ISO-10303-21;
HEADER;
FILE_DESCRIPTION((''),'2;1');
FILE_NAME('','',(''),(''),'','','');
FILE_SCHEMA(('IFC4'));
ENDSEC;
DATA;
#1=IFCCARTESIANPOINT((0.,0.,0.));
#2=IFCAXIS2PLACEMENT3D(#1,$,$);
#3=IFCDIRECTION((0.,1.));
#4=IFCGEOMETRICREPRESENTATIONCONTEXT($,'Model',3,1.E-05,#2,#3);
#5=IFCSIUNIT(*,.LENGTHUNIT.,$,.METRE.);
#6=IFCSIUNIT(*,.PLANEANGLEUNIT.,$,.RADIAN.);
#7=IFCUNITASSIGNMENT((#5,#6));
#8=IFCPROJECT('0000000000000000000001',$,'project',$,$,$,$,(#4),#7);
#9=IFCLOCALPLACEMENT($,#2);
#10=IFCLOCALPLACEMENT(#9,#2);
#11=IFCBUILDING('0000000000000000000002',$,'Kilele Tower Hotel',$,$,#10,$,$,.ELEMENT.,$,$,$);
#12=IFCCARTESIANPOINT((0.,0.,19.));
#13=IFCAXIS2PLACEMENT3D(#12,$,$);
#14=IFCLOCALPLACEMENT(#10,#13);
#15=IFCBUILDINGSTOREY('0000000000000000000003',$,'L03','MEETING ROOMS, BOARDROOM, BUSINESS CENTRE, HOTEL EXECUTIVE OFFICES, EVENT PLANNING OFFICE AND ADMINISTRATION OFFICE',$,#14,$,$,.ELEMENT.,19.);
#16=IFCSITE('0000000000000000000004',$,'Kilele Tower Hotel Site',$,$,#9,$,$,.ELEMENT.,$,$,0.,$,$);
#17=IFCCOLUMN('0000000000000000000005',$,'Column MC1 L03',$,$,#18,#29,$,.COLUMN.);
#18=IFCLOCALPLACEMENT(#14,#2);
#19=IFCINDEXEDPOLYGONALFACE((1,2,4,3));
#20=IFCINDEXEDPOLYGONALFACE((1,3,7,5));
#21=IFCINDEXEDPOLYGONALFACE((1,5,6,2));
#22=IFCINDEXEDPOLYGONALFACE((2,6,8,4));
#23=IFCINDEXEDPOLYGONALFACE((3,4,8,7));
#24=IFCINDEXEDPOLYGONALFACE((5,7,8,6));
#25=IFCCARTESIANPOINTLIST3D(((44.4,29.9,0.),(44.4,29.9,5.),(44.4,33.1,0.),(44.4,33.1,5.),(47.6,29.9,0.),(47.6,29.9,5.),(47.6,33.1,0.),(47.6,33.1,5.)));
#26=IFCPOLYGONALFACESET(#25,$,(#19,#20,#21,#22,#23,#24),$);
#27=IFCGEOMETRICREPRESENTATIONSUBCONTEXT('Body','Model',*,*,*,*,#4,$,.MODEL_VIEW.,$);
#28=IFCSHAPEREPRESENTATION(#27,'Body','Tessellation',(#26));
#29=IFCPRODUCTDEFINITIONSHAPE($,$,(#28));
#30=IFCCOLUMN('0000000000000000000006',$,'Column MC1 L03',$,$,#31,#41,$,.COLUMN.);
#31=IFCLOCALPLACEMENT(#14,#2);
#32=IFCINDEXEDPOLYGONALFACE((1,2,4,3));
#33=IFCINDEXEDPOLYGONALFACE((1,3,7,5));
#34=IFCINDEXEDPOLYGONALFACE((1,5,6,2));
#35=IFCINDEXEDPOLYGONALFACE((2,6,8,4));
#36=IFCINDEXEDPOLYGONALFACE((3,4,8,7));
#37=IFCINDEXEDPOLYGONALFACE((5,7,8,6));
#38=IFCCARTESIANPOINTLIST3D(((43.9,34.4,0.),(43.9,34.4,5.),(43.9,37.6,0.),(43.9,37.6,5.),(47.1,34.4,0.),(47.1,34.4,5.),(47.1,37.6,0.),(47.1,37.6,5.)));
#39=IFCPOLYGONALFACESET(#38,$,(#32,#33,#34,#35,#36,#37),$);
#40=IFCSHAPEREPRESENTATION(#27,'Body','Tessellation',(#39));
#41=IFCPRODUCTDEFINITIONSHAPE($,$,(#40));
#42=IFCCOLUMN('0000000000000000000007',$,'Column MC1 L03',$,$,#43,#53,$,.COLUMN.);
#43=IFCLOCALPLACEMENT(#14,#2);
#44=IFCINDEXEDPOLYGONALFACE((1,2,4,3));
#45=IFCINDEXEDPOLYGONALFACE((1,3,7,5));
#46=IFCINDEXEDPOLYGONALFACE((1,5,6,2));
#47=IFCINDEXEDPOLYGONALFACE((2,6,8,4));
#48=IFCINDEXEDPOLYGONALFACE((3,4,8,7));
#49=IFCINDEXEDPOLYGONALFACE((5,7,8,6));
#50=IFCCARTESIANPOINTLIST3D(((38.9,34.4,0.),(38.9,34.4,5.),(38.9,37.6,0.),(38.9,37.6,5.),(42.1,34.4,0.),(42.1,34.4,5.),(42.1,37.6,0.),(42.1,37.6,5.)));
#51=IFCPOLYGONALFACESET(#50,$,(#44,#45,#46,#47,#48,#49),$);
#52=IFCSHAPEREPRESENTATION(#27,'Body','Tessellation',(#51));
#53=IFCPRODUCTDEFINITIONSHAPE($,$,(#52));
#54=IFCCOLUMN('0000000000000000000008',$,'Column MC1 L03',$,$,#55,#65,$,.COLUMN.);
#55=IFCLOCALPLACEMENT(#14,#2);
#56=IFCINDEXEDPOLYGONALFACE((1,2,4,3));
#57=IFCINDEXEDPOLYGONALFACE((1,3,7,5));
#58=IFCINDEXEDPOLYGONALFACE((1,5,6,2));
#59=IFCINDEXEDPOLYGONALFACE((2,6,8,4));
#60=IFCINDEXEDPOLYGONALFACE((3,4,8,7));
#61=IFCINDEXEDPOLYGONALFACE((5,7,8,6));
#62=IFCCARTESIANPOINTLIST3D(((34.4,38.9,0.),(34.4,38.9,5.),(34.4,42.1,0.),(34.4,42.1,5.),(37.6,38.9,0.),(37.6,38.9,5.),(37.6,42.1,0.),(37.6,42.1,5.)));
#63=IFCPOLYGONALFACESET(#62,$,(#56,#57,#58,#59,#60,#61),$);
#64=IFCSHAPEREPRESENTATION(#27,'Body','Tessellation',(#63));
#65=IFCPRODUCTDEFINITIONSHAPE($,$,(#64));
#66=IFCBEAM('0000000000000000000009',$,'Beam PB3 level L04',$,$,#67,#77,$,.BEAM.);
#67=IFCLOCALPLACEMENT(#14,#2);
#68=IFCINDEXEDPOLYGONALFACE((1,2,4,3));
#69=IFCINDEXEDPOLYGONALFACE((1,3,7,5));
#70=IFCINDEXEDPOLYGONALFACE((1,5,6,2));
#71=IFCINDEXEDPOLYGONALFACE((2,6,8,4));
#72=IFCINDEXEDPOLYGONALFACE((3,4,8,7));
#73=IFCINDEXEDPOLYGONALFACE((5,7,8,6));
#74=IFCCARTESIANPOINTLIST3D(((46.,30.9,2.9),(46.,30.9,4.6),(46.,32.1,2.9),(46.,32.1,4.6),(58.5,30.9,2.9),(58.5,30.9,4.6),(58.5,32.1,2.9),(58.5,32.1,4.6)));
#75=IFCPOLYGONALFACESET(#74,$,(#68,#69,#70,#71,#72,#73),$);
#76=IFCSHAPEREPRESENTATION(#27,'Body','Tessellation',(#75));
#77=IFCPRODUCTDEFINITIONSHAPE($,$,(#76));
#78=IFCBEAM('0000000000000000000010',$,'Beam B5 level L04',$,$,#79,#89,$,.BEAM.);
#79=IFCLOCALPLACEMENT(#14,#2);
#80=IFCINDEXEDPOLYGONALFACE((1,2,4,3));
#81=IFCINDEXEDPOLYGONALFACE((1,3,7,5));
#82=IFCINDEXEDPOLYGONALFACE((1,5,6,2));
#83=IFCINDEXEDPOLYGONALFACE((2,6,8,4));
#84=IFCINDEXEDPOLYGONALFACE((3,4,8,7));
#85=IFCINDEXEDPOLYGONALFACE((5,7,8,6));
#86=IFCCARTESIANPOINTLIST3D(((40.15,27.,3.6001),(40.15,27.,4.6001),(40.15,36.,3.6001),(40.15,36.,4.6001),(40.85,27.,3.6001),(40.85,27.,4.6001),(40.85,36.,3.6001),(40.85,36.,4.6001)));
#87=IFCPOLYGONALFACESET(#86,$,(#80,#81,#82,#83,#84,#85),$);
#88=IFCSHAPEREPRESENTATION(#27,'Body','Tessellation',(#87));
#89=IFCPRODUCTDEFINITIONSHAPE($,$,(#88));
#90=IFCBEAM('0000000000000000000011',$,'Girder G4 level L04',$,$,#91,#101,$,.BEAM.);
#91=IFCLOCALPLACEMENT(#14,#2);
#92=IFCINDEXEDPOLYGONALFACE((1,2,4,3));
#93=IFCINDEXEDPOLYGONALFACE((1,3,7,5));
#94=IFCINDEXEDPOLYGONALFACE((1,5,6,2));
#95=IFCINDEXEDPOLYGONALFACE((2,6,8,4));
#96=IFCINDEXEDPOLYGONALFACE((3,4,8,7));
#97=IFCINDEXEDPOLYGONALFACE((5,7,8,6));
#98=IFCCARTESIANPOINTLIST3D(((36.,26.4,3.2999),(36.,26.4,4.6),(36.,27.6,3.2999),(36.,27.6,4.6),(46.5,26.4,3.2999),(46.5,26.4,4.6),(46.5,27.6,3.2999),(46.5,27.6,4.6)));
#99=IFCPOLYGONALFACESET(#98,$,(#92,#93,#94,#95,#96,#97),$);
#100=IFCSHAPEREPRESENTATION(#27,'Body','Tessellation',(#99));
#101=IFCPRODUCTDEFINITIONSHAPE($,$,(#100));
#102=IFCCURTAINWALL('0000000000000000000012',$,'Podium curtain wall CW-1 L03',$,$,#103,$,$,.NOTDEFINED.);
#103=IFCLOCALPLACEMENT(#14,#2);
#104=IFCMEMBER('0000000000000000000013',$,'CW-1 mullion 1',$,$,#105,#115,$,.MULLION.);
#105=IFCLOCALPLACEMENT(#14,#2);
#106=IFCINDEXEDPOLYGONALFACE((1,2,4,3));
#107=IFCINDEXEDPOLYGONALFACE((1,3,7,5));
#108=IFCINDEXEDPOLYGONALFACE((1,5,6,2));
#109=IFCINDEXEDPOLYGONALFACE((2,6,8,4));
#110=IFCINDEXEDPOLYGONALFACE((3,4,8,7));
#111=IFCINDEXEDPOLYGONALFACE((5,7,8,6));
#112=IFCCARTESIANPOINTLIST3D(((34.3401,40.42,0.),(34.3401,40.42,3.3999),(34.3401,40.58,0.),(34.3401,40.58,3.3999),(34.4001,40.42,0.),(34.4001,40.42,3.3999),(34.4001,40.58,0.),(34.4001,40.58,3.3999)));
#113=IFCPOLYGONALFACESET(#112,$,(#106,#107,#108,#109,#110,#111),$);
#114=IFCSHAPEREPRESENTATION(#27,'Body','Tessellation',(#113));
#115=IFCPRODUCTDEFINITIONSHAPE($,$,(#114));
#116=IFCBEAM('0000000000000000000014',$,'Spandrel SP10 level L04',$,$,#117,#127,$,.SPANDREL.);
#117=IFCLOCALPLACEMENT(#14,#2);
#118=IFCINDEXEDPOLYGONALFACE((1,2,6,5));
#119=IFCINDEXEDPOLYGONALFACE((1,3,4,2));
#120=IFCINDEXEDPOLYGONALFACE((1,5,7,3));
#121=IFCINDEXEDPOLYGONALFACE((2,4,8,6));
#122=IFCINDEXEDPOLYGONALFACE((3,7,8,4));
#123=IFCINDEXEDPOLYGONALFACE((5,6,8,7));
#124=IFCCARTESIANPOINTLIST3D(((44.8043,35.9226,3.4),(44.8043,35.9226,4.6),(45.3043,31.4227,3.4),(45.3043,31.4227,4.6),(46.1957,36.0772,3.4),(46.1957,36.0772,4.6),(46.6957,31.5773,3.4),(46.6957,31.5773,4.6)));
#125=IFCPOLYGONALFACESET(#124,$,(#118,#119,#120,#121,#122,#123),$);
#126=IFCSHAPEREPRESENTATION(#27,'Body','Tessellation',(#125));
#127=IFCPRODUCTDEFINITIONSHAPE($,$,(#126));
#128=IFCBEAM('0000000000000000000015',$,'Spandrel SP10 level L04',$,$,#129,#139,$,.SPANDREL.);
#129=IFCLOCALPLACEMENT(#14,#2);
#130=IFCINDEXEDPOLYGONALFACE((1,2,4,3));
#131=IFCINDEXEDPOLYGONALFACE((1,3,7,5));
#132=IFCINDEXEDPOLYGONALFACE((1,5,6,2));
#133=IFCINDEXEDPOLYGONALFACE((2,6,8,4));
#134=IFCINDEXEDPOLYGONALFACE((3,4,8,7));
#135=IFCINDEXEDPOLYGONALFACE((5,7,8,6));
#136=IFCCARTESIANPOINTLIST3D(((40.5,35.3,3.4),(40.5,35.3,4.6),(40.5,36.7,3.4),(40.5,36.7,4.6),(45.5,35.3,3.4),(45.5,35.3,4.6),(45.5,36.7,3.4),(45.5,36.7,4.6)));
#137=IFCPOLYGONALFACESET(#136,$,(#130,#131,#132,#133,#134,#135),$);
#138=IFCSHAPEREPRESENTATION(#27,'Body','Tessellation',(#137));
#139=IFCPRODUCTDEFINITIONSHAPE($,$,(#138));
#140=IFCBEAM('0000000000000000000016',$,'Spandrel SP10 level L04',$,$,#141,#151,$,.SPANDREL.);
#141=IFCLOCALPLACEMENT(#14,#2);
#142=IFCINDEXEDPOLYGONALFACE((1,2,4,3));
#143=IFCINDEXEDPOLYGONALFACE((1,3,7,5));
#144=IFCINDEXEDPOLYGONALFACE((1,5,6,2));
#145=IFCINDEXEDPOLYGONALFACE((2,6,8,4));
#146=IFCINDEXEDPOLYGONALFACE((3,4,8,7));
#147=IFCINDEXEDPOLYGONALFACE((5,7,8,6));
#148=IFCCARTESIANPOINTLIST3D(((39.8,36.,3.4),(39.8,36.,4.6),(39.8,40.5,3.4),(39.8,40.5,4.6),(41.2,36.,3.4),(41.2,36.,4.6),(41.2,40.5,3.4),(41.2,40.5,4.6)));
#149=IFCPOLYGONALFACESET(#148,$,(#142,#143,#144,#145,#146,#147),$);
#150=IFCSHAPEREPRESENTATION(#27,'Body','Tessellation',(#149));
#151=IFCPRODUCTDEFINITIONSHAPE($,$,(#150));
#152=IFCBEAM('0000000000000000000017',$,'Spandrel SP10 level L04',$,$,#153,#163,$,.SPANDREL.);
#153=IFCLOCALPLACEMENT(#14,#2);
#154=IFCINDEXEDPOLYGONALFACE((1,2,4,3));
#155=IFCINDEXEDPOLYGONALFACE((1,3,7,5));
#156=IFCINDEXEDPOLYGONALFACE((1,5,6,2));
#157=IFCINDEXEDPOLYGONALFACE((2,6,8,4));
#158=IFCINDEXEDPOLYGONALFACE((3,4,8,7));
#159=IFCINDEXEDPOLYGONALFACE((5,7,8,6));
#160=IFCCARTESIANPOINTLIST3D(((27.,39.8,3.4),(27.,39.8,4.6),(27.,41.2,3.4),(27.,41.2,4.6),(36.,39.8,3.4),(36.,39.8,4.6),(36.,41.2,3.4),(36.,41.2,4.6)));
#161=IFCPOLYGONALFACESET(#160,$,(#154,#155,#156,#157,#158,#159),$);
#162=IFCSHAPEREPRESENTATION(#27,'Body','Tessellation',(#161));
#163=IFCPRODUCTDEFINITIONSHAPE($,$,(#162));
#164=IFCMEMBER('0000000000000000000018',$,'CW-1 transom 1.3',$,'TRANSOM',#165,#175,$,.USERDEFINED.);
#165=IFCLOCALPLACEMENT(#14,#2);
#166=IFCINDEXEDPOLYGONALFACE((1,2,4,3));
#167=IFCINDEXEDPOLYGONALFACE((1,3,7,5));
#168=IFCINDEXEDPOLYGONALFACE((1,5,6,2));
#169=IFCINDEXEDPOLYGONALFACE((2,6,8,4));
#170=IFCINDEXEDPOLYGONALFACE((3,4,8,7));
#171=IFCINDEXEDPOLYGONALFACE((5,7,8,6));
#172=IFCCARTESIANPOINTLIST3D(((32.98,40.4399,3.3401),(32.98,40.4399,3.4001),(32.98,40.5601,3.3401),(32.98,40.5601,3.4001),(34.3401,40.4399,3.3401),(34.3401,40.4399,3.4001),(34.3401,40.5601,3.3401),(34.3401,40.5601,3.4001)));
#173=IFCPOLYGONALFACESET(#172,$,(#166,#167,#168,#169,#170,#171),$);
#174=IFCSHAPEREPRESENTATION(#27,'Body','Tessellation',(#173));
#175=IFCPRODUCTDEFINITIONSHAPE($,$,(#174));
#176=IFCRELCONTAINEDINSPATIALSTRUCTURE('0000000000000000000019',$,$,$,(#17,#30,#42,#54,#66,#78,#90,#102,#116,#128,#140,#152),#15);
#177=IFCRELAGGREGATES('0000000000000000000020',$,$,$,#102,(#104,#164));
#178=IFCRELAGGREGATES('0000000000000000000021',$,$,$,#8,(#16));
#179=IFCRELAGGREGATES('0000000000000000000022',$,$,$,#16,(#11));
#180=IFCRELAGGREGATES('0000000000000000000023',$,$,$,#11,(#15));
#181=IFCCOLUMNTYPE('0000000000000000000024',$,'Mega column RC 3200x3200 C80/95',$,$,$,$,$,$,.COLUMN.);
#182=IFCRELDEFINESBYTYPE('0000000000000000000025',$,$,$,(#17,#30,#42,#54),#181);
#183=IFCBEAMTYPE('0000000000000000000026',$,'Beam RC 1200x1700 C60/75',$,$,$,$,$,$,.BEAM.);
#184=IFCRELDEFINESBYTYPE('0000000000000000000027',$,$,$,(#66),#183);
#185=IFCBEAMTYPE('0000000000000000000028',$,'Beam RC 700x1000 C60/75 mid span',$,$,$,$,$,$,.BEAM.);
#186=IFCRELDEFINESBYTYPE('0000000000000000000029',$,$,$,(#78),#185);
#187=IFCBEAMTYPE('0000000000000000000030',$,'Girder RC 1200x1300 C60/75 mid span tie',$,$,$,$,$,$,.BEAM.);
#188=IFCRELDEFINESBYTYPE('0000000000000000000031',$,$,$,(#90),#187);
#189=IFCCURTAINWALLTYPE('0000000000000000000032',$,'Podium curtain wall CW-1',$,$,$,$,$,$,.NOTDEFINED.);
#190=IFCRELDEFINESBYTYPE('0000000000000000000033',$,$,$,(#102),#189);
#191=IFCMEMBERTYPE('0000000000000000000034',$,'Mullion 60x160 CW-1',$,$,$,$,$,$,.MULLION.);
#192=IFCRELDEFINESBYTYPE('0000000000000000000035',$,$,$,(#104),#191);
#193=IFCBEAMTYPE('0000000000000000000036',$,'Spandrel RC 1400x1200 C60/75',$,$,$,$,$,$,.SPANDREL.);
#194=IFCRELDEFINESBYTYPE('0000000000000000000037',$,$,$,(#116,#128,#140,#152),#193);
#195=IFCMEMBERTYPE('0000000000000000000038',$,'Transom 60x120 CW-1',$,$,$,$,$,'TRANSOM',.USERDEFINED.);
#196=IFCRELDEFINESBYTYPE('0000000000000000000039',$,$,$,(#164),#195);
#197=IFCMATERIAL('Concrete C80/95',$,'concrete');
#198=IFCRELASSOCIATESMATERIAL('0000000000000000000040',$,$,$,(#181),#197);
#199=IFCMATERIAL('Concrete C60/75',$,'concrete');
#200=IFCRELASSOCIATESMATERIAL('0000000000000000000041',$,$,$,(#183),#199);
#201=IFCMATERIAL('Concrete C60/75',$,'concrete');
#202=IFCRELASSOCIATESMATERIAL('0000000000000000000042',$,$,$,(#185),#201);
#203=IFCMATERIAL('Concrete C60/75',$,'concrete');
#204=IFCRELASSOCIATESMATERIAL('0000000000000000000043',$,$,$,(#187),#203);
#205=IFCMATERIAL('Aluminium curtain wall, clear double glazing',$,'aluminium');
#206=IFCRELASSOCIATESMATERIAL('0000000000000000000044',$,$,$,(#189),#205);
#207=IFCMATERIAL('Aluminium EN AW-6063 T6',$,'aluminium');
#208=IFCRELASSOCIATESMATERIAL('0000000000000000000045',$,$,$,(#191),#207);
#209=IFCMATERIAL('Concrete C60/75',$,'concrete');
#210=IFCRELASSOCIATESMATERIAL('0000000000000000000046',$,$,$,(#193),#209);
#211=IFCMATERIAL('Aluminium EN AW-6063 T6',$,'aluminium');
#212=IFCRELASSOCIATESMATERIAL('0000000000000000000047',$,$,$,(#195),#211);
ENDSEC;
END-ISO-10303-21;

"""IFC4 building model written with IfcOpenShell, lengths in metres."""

from ifc_helpers import new_model, si_unit, direction, frame, origin, origin_2d, place, context, subcontext, project, spatial, rectangle, extrude, material, material_profile, profile_set, type_object, element, aggregate, save


model = new_model("IFC4")

# Units and contexts
model_context = context("Model", 3, precision=1e-05, world=origin(), true_north=direction((0.0, 1.0)))
body_context = subcontext(model_context, "Body", "Model", "MODEL_VIEW")
ifc_project = project(units=[si_unit("LENGTHUNIT", "METRE"), si_unit("PLANEANGLEUNIT", "RADIAN")], contexts=[model_context])

# Site, building, storey
site_placement = place(None, origin())
site = spatial("IfcSite", under=ifc_project, at=site_placement, Name="Kilele Tower Hotel Site", CompositionType="ELEMENT", RefElevation=0.0)
building_placement = place(site_placement, origin())
building = spatial("IfcBuilding", under=site, at=building_placement, Name="Kilele Tower Hotel", CompositionType="ELEMENT")
storey_placement = place(building_placement, frame((0.0, 0.0, 19.0)))
storey = spatial("IfcBuildingStorey", under=building, at=storey_placement, Name="L03", Description="MEETING ROOMS, BOARDROOM, BUSINESS CENTRE, HOTEL EXECUTIVE OFFICES, EVENT PLANNING OFFICE AND ADMINISTRATION OFFICE", CompositionType="ELEMENT", Elevation=19.0)

# Columns
ifc_material_1 = material(Name="Concrete C80/95", Category="concrete")
ifc_material_profile_1 = material_profile(ifc_material_1, rectangle(XDim=3.2, YDim=3.2, at=origin_2d()))
ifc_profile_set_1 = profile_set([ifc_material_profile_1], Name="Concrete C80/95")
column_type = type_object("IfcColumnType", Name="Mega column RC 3200x3200 C80/95", PredefinedType="COLUMN", material=ifc_profile_set_1)
for number, where, z_axis, x_axis, name in (
    (1, (46.0, 31.5, 0.0), (0.0, 0.0, 1.0), (1.0, 0.0, 0.0), "Column MC1 L03"),
    (2, (45.5, 36.0, 0.0), (0.0, 0.0, 1.0), (1.0, 0.0, 0.0), "Column MC1 L03"),
    (3, (40.5, 36.0, 0.0), (0.0, 0.0, 1.0), (1.0, 0.0, 0.0), "Column MC1 L03"),
    (4, (36.0, 40.5, 0.0), (0.0, 0.0, 1.0), (1.0, 0.0, 0.0), "Column MC1 L03"),
):
    element("IfcColumn", number, at=place(storey_placement, frame(where, z_axis=z_axis, x_axis=x_axis)), inside=storey, type_object=column_type, Name=name, PredefinedType="COLUMN", context=body_context, shape_type="SweptSolid", body=[
        extrude(rectangle(XDim=3.2, YDim=3.2, at=origin_2d()), origin(), (0.0, 0.0, 1.0), 5.0),
    ])

# Beams
ifc_material_2 = material(Name="Concrete C60/75", Category="concrete")
ifc_material_profile_2 = material_profile(ifc_material_2, rectangle(XDim=1.2, YDim=1.7, at=origin_2d()))
ifc_profile_set_2 = profile_set([ifc_material_profile_2], Name="Concrete C60/75")
beam_type_1 = type_object("IfcBeamType", Name="Beam RC 1200x1700 C60/75", PredefinedType="BEAM", material=ifc_profile_set_2)
beam_1_placement = place(storey_placement, frame((46.0, 31.5, 3.75), z_axis=(1.0, 0.0, 0.0), x_axis=(0.0, 1.0, 0.0)))
element("IfcBeam", 5, at=beam_1_placement, inside=storey, type_object=beam_type_1, Name="Beam PB3 level L04", PredefinedType="BEAM", context=body_context, shape_type="SweptSolid", body=[
    extrude(rectangle(XDim=1.2, YDim=1.7, at=origin_2d()), origin(), (0.0, 0.0, 1.0), 12.5),
])
ifc_material_3 = material(Name="Concrete C60/75", Category="concrete")
ifc_material_profile_3 = material_profile(ifc_material_3, rectangle(XDim=0.7, YDim=1.0, at=origin_2d()))
ifc_profile_set_3 = profile_set([ifc_material_profile_3], Name="Concrete C60/75")
beam_type_2 = type_object("IfcBeamType", Name="Beam RC 700x1000 C60/75 mid span", PredefinedType="BEAM", material=ifc_profile_set_3)
beam_2_placement = place(storey_placement, frame((40.5, 36.0, 4.1001), z_axis=(0.0, -1.0, 0.0), x_axis=(1.0, 0.0, 0.0)))
element("IfcBeam", 6, at=beam_2_placement, inside=storey, type_object=beam_type_2, Name="Beam B5 level L04", PredefinedType="BEAM", context=body_context, shape_type="SweptSolid", body=[
    extrude(rectangle(XDim=0.7, YDim=1.0, at=origin_2d()), origin(), (0.0, 0.0, 1.0), 9.0),
])
ifc_material_4 = material(Name="Concrete C60/75", Category="concrete")
ifc_material_profile_4 = material_profile(ifc_material_4, rectangle(XDim=1.2, YDim=1.3, at=origin_2d()))
ifc_profile_set_4 = profile_set([ifc_material_profile_4], Name="Concrete C60/75")
beam_type_3 = type_object("IfcBeamType", Name="Girder RC 1200x1300 C60/75 mid span tie", PredefinedType="BEAM", material=ifc_profile_set_4)
beam_3_placement = place(storey_placement, frame((46.5, 27.0, 3.95), z_axis=(-1.0, 0.0, 0.0), x_axis=(0.0, -1.0, 0.0)))
element("IfcBeam", 7, at=beam_3_placement, inside=storey, type_object=beam_type_3, Name="Girder G4 level L04", PredefinedType="BEAM", context=body_context, shape_type="SweptSolid", body=[
    extrude(rectangle(XDim=1.2, YDim=1.3, at=origin_2d()), origin(), (0.0, 0.0, 1.0), 10.5),
])

# Curtain wall, member
ifc_material_5 = material(Name="Aluminium curtain wall, clear double glazing", Category="aluminium")
curtain_wall_type = type_object("IfcCurtainWallType", Name="Podium curtain wall CW-1", PredefinedType="NOTDEFINED", material=ifc_material_5)
curtain_wall_placement = place(storey_placement, origin())
curtain_wall = element("IfcCurtainWall", 8, at=curtain_wall_placement, inside=storey, type_object=curtain_wall_type, Name="Podium curtain wall CW-1 L03", PredefinedType="NOTDEFINED")
ifc_material_6 = material(Name="Aluminium EN AW-6063 T6", Category="aluminium")
ifc_material_profile_5 = material_profile(ifc_material_6, rectangle(XDim=0.1599, YDim=0.0601, at=origin_2d()))
ifc_profile_set_5 = profile_set([ifc_material_profile_5], Name="Aluminium EN AW-6063 T6")
member_type_1 = type_object("IfcMemberType", Name="Mullion 60x160 CW-1", PredefinedType="MULLION", material=ifc_profile_set_5)
member_1_placement = place(storey_placement, frame((34.3701, 40.5, 0.0), z_axis=(0.0, 0.0, 1.0), x_axis=(0.0, -1.0, 0.0)))
member_1 = element("IfcMember", 9, at=member_1_placement, type_object=member_type_1, Name="CW-1 mullion 1", PredefinedType="MULLION", context=body_context, shape_type="SweptSolid", body=[
    extrude(rectangle(XDim=0.1599, YDim=0.0601, at=origin_2d()), origin(), (0.0, 0.0, 1.0), 3.3999),
])

# Beams
ifc_material_7 = material(Name="Concrete C60/75", Category="concrete")
ifc_material_profile_6 = material_profile(ifc_material_7, rectangle(XDim=1.3999, YDim=1.2, at=origin_2d()))
ifc_profile_set_6 = profile_set([ifc_material_profile_6], Name="Concrete C60/75")
beam_type_4 = type_object("IfcBeamType", Name="Spandrel RC 1400x1200 C60/75", PredefinedType="SPANDREL", material=ifc_profile_set_6)
beam_4_placement = place(storey_placement, frame((46.0, 31.5, 4.0), z_axis=(-0.110432, 0.993884, 0.0), x_axis=(-0.993884, -0.110432, 0.0)))
element("IfcBeam", 10, at=beam_4_placement, inside=storey, type_object=beam_type_4, Name="Spandrel SP10 level L04", PredefinedType="SPANDREL", context=body_context, shape_type="SweptSolid", body=[
    extrude(rectangle(XDim=1.3999, YDim=1.2, at=origin_2d()), origin(), (0.0, 0.0, 1.0), 4.5276),
])
beam_5_placement = place(storey_placement, frame((45.5, 36.0, 4.0), z_axis=(-1.0, 0.0, 0.0), x_axis=(0.0, -1.0, 0.0)))
element("IfcBeam", 11, at=beam_5_placement, inside=storey, type_object=beam_type_4, Name="Spandrel SP10 level L04", PredefinedType="SPANDREL", context=body_context, shape_type="SweptSolid", body=[
    extrude(rectangle(XDim=1.3999, YDim=1.2, at=origin_2d()), origin(), (0.0, 0.0, 1.0), 5.0),
])
beam_6_placement = place(storey_placement, frame((40.5, 36.0, 4.0), z_axis=(0.0, 1.0, 0.0), x_axis=(-1.0, 0.0, 0.0)))
element("IfcBeam", 12, at=beam_6_placement, inside=storey, type_object=beam_type_4, Name="Spandrel SP10 level L04", PredefinedType="SPANDREL", context=body_context, shape_type="SweptSolid", body=[
    extrude(rectangle(XDim=1.3999, YDim=1.2, at=origin_2d()), origin(), (0.0, 0.0, 1.0), 4.5),
])
beam_7_placement = place(storey_placement, frame((36.0, 40.5, 4.0), z_axis=(-1.0, 0.0, 0.0), x_axis=(0.0, -1.0, 0.0)))
element("IfcBeam", 13, at=beam_7_placement, inside=storey, type_object=beam_type_4, Name="Spandrel SP10 level L04", PredefinedType="SPANDREL", context=body_context, shape_type="SweptSolid", body=[
    extrude(rectangle(XDim=1.3999, YDim=1.2, at=origin_2d()), origin(), (0.0, 0.0, 1.0), 9.0),
])

# Member
ifc_material_8 = material(Name="Aluminium EN AW-6063 T6", Category="aluminium")
ifc_material_profile_7 = material_profile(ifc_material_8, rectangle(XDim=0.1201, YDim=0.0601, at=origin_2d()))
ifc_profile_set_7 = profile_set([ifc_material_profile_7], Name="Aluminium EN AW-6063 T6")
member_type_2 = type_object("IfcMemberType", Name="Transom 60x120 CW-1", ElementType="TRANSOM", PredefinedType="USERDEFINED", material=ifc_profile_set_7)
member_2_placement = place(storey_placement, frame((34.3401, 40.5, 3.3701), z_axis=(-1.0, 0.0, 0.0), x_axis=(0.0, -1.0, 0.0)))
member_2 = element("IfcMember", 14, at=member_2_placement, type_object=member_type_2, Name="CW-1 transom 1.3", ObjectType="TRANSOM", PredefinedType="USERDEFINED", context=body_context, shape_type="SweptSolid", body=[
    extrude(rectangle(XDim=0.1201, YDim=0.0601, at=origin_2d()), origin(), (0.0, 0.0, 1.0), 1.3601),
])
aggregate(curtain_wall, [member_1, member_2])

save(model, "model.ifc")
